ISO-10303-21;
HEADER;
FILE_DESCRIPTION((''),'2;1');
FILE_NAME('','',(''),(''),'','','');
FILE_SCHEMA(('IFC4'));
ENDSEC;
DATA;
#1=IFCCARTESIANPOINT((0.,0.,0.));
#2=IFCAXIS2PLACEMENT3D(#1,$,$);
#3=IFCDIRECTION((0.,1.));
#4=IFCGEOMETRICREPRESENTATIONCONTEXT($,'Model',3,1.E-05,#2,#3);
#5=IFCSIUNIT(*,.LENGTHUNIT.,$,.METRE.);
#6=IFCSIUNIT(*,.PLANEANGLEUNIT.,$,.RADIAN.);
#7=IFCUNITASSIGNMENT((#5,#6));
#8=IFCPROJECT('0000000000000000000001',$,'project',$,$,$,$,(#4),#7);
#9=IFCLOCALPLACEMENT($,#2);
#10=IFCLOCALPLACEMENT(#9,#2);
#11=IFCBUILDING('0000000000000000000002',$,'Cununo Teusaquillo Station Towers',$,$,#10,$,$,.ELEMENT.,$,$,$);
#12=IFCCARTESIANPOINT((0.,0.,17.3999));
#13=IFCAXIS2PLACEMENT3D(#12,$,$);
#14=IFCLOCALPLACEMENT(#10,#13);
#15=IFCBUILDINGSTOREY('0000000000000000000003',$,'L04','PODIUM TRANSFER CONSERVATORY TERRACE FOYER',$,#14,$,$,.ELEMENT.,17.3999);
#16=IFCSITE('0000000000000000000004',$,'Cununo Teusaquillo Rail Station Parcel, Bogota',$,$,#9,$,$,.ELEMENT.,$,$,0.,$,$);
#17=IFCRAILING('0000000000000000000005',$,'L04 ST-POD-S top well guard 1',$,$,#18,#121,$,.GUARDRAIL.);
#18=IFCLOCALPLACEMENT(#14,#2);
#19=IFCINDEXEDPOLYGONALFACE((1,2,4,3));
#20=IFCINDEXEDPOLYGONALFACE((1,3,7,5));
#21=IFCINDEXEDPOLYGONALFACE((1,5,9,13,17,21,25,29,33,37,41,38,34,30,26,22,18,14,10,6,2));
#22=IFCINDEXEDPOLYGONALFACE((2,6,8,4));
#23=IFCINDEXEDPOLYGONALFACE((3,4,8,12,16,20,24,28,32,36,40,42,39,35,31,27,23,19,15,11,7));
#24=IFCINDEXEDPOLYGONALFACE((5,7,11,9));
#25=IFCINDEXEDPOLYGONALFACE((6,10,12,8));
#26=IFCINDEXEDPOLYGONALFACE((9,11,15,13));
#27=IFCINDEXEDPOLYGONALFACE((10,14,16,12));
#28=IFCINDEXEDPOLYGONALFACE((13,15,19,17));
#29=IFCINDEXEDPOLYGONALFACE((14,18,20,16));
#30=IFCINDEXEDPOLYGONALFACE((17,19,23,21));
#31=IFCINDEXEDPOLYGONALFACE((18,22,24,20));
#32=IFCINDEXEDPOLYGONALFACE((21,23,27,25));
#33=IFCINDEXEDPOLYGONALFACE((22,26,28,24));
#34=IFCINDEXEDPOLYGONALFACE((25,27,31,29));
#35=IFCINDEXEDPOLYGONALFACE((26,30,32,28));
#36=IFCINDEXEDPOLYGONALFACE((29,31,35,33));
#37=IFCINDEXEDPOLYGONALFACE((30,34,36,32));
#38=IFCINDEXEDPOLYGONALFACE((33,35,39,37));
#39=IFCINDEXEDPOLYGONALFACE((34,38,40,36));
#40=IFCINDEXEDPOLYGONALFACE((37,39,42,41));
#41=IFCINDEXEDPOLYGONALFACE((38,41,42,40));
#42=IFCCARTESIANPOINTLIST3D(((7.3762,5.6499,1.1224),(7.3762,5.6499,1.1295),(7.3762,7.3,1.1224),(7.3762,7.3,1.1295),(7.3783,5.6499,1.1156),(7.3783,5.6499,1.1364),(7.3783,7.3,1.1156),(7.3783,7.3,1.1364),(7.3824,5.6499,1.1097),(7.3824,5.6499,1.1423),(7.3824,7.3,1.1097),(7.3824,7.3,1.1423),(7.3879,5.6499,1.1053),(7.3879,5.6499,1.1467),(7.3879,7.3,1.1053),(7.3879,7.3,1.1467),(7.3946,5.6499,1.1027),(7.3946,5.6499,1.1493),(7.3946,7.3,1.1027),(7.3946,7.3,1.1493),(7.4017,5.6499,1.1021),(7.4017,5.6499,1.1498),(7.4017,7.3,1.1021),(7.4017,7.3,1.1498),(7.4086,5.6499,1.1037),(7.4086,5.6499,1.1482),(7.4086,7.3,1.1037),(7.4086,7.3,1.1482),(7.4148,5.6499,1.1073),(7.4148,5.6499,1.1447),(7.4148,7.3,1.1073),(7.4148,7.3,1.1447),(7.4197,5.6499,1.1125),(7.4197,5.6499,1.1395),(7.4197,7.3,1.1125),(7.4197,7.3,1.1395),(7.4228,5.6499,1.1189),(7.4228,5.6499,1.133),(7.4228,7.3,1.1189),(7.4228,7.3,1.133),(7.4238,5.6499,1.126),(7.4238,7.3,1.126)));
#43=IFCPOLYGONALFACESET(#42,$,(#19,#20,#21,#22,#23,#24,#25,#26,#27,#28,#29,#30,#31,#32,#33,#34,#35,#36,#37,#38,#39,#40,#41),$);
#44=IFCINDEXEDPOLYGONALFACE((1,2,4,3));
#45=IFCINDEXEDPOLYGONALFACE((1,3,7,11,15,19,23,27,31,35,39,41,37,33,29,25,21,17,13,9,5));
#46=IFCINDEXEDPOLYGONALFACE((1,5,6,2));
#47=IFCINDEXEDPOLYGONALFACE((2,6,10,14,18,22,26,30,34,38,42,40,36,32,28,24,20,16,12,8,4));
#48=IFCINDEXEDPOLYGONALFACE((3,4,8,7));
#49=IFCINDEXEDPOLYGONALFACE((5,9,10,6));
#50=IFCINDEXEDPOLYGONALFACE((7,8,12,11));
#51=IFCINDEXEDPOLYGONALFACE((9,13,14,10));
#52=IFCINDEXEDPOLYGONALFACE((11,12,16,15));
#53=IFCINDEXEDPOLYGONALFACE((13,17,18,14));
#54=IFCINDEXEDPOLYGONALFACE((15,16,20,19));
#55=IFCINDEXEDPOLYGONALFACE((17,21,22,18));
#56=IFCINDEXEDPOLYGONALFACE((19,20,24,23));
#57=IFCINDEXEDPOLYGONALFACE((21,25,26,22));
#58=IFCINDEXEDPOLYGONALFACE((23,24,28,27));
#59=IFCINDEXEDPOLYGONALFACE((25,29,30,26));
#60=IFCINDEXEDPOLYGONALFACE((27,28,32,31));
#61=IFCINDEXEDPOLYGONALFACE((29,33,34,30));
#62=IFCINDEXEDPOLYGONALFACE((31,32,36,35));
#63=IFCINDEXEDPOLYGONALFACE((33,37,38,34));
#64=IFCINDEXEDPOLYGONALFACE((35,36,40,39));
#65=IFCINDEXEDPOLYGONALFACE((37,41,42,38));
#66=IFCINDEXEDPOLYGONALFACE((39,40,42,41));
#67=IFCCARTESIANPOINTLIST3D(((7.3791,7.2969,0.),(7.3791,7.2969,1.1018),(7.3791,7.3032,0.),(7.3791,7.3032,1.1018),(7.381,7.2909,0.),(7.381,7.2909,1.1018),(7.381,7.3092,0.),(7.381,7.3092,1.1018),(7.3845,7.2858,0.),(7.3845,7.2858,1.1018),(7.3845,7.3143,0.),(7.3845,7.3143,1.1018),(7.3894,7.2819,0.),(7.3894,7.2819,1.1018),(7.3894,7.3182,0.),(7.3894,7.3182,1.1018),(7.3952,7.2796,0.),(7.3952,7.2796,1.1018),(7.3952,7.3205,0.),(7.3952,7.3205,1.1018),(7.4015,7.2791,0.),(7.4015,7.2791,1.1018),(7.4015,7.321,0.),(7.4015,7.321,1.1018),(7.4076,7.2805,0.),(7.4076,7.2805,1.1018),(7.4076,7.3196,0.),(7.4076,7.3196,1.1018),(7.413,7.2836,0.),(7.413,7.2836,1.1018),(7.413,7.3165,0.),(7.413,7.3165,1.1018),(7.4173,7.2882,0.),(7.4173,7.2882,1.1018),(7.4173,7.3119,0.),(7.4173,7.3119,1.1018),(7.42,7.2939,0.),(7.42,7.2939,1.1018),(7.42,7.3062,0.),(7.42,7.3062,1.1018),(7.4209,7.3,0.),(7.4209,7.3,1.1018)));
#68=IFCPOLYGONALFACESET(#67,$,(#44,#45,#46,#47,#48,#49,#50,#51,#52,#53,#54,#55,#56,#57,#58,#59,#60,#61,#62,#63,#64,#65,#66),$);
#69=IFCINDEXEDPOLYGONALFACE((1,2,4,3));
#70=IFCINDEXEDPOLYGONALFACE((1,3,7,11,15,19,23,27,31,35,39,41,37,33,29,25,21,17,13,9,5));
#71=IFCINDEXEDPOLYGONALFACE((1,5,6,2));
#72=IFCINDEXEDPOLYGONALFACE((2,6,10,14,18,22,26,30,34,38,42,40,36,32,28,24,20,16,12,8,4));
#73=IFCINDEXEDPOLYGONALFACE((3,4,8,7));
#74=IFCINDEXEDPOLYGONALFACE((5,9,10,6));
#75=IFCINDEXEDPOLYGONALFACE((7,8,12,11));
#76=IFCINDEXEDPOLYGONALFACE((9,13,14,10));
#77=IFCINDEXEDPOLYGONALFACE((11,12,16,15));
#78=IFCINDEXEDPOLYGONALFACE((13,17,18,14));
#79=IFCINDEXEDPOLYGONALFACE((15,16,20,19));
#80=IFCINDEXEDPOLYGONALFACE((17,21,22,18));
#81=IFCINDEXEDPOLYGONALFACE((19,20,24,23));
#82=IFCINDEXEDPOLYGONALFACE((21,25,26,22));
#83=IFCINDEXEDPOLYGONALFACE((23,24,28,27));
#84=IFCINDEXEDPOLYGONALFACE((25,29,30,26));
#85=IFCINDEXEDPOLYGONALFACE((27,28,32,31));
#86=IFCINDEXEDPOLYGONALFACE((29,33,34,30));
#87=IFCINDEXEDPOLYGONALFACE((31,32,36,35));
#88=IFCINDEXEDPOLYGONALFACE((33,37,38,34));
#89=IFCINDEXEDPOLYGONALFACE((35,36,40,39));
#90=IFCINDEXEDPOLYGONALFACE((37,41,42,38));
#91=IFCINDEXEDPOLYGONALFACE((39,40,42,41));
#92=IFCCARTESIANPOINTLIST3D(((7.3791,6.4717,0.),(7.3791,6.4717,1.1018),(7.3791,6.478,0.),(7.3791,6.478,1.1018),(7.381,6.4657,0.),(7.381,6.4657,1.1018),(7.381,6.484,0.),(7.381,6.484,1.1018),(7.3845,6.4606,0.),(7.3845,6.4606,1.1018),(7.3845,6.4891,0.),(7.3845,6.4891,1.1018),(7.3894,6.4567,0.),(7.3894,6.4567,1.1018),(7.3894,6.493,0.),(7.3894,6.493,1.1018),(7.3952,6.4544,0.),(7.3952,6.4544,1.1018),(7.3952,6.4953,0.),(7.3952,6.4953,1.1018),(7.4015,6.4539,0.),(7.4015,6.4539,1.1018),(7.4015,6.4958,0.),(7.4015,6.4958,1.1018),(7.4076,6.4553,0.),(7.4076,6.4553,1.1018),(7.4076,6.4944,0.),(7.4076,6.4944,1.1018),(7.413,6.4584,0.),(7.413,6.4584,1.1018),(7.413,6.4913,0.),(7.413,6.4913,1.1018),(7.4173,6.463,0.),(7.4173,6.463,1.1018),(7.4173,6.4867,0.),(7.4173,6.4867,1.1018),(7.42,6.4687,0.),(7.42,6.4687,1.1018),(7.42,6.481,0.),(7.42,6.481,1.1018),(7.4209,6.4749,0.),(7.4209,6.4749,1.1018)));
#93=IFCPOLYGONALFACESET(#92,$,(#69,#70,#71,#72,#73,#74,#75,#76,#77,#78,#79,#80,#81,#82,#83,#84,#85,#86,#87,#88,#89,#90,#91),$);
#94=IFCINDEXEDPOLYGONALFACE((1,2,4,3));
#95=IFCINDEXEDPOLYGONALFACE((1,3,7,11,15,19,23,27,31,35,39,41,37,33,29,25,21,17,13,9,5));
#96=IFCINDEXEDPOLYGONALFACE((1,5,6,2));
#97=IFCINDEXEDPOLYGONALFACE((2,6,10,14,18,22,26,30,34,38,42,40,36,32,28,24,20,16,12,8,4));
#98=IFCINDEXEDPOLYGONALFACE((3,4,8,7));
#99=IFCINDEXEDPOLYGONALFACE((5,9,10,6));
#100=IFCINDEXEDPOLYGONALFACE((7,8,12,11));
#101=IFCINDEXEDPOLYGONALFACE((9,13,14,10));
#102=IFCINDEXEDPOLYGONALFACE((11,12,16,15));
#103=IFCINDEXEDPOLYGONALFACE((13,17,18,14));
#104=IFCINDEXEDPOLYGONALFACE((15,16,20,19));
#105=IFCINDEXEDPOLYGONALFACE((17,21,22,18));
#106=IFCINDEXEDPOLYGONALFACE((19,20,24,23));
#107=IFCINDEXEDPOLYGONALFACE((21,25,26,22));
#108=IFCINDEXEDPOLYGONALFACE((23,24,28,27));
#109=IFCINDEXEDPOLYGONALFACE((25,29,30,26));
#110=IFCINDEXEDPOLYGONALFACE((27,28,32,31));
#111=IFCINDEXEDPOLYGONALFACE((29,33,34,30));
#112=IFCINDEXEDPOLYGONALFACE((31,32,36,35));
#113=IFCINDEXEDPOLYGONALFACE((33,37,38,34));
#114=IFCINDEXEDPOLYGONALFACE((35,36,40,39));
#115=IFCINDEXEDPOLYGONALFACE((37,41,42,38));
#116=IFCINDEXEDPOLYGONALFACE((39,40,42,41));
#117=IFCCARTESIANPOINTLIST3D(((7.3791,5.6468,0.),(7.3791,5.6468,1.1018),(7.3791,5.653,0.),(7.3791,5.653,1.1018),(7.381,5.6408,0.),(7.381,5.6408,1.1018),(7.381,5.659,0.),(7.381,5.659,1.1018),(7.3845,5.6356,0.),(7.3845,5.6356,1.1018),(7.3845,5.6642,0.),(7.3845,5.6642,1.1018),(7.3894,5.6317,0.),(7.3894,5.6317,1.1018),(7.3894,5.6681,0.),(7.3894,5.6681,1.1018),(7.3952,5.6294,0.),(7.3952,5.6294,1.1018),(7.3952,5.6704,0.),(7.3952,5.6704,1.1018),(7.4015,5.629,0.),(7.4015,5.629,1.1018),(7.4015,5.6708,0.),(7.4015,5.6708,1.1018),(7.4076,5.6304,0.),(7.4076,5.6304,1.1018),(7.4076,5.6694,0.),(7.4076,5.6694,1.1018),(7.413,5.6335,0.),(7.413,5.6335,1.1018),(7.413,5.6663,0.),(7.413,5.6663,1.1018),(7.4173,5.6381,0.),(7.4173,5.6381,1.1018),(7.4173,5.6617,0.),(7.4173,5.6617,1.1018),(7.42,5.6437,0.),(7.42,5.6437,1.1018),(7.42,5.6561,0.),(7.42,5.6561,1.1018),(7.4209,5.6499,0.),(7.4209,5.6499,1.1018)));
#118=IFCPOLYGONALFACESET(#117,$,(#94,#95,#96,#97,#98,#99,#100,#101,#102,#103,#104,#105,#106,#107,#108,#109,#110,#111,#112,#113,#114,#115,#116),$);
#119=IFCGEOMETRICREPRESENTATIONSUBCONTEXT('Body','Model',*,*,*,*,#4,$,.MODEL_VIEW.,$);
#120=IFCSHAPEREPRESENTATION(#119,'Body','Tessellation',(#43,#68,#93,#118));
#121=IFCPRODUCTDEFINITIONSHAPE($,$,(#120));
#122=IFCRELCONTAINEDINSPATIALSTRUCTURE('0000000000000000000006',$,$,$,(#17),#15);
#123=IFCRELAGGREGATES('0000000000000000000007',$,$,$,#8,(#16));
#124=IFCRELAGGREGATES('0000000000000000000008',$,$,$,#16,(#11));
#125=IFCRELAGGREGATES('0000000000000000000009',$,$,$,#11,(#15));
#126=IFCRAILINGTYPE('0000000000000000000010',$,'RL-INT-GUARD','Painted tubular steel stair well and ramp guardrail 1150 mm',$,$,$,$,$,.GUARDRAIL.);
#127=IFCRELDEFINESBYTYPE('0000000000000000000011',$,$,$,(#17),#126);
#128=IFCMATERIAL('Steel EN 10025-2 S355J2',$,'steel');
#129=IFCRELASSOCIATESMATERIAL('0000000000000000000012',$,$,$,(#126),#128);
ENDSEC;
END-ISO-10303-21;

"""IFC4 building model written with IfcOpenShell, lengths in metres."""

from ifc_helpers import new_model, si_unit, direction, frame, origin, origin_2d, place, context, subcontext, project, spatial, circle, extrude, material, type_object, element, save


model = new_model("IFC4")

# Units and contexts
model_context = context("Model", 3, precision=1e-05, world=origin(), true_north=direction((0.0, 1.0)))
body_context = subcontext(model_context, "Body", "Model", "MODEL_VIEW")
ifc_project = project(units=[si_unit("LENGTHUNIT", "METRE"), si_unit("PLANEANGLEUNIT", "RADIAN")], contexts=[model_context])

# Site, building, storey
site_placement = place(None, origin())
site = spatial("IfcSite", under=ifc_project, at=site_placement, Name="Cununo Teusaquillo Rail Station Parcel, Bogota", CompositionType="ELEMENT", RefElevation=0.0)
building_placement = place(site_placement, origin())
building = spatial("IfcBuilding", under=site, at=building_placement, Name="Cununo Teusaquillo Station Towers", CompositionType="ELEMENT")
storey_placement = place(building_placement, frame((0.0, 0.0, 17.3999)))
storey = spatial("IfcBuildingStorey", under=building, at=storey_placement, Name="L04", Description="PODIUM TRANSFER CONSERVATORY TERRACE FOYER", CompositionType="ELEMENT", Elevation=17.3999)

# Railing
ifc_material_1 = material(Name="Steel EN 10025-2 S355J2", Category="steel")
railing_type = type_object("IfcRailingType", Name="RL-INT-GUARD", Description="Painted tubular steel stair well and ramp guardrail 1150 mm", PredefinedType="GUARDRAIL", material=ifc_material_1)
railing_1_placement = place(storey_placement, frame((7.3999, 7.3, 0.0)))
element("IfcRailing", 1, at=railing_1_placement, inside=storey, type_object=railing_type, Name="L04 ST-POD-S top well guard 1", PredefinedType="GUARDRAIL", context=body_context, shape_type="SweptSolid", body=[
    extrude(circle(Radius=0.0239, at=origin_2d()), frame((0.0, 0.0, 1.126), z_axis=(0.0, -1.0, 0.0), x_axis=(1.0, 0.0, 0.0)), (0.0, 0.0, 1.0), 1.6501),
    extrude(circle(Radius=0.021, at=origin_2d()), origin(), (0.0, 0.0, 1.0), 1.1018),
    extrude(circle(Radius=0.021, at=origin_2d()), frame((0.0, -0.8252, 0.0)), (0.0, 0.0, 1.0), 1.1018),
    extrude(circle(Radius=0.021, at=origin_2d()), frame((0.0, -1.6501, 0.0)), (0.0, 0.0, 1.0), 1.1018),
])

save(model, "model.ifc")
